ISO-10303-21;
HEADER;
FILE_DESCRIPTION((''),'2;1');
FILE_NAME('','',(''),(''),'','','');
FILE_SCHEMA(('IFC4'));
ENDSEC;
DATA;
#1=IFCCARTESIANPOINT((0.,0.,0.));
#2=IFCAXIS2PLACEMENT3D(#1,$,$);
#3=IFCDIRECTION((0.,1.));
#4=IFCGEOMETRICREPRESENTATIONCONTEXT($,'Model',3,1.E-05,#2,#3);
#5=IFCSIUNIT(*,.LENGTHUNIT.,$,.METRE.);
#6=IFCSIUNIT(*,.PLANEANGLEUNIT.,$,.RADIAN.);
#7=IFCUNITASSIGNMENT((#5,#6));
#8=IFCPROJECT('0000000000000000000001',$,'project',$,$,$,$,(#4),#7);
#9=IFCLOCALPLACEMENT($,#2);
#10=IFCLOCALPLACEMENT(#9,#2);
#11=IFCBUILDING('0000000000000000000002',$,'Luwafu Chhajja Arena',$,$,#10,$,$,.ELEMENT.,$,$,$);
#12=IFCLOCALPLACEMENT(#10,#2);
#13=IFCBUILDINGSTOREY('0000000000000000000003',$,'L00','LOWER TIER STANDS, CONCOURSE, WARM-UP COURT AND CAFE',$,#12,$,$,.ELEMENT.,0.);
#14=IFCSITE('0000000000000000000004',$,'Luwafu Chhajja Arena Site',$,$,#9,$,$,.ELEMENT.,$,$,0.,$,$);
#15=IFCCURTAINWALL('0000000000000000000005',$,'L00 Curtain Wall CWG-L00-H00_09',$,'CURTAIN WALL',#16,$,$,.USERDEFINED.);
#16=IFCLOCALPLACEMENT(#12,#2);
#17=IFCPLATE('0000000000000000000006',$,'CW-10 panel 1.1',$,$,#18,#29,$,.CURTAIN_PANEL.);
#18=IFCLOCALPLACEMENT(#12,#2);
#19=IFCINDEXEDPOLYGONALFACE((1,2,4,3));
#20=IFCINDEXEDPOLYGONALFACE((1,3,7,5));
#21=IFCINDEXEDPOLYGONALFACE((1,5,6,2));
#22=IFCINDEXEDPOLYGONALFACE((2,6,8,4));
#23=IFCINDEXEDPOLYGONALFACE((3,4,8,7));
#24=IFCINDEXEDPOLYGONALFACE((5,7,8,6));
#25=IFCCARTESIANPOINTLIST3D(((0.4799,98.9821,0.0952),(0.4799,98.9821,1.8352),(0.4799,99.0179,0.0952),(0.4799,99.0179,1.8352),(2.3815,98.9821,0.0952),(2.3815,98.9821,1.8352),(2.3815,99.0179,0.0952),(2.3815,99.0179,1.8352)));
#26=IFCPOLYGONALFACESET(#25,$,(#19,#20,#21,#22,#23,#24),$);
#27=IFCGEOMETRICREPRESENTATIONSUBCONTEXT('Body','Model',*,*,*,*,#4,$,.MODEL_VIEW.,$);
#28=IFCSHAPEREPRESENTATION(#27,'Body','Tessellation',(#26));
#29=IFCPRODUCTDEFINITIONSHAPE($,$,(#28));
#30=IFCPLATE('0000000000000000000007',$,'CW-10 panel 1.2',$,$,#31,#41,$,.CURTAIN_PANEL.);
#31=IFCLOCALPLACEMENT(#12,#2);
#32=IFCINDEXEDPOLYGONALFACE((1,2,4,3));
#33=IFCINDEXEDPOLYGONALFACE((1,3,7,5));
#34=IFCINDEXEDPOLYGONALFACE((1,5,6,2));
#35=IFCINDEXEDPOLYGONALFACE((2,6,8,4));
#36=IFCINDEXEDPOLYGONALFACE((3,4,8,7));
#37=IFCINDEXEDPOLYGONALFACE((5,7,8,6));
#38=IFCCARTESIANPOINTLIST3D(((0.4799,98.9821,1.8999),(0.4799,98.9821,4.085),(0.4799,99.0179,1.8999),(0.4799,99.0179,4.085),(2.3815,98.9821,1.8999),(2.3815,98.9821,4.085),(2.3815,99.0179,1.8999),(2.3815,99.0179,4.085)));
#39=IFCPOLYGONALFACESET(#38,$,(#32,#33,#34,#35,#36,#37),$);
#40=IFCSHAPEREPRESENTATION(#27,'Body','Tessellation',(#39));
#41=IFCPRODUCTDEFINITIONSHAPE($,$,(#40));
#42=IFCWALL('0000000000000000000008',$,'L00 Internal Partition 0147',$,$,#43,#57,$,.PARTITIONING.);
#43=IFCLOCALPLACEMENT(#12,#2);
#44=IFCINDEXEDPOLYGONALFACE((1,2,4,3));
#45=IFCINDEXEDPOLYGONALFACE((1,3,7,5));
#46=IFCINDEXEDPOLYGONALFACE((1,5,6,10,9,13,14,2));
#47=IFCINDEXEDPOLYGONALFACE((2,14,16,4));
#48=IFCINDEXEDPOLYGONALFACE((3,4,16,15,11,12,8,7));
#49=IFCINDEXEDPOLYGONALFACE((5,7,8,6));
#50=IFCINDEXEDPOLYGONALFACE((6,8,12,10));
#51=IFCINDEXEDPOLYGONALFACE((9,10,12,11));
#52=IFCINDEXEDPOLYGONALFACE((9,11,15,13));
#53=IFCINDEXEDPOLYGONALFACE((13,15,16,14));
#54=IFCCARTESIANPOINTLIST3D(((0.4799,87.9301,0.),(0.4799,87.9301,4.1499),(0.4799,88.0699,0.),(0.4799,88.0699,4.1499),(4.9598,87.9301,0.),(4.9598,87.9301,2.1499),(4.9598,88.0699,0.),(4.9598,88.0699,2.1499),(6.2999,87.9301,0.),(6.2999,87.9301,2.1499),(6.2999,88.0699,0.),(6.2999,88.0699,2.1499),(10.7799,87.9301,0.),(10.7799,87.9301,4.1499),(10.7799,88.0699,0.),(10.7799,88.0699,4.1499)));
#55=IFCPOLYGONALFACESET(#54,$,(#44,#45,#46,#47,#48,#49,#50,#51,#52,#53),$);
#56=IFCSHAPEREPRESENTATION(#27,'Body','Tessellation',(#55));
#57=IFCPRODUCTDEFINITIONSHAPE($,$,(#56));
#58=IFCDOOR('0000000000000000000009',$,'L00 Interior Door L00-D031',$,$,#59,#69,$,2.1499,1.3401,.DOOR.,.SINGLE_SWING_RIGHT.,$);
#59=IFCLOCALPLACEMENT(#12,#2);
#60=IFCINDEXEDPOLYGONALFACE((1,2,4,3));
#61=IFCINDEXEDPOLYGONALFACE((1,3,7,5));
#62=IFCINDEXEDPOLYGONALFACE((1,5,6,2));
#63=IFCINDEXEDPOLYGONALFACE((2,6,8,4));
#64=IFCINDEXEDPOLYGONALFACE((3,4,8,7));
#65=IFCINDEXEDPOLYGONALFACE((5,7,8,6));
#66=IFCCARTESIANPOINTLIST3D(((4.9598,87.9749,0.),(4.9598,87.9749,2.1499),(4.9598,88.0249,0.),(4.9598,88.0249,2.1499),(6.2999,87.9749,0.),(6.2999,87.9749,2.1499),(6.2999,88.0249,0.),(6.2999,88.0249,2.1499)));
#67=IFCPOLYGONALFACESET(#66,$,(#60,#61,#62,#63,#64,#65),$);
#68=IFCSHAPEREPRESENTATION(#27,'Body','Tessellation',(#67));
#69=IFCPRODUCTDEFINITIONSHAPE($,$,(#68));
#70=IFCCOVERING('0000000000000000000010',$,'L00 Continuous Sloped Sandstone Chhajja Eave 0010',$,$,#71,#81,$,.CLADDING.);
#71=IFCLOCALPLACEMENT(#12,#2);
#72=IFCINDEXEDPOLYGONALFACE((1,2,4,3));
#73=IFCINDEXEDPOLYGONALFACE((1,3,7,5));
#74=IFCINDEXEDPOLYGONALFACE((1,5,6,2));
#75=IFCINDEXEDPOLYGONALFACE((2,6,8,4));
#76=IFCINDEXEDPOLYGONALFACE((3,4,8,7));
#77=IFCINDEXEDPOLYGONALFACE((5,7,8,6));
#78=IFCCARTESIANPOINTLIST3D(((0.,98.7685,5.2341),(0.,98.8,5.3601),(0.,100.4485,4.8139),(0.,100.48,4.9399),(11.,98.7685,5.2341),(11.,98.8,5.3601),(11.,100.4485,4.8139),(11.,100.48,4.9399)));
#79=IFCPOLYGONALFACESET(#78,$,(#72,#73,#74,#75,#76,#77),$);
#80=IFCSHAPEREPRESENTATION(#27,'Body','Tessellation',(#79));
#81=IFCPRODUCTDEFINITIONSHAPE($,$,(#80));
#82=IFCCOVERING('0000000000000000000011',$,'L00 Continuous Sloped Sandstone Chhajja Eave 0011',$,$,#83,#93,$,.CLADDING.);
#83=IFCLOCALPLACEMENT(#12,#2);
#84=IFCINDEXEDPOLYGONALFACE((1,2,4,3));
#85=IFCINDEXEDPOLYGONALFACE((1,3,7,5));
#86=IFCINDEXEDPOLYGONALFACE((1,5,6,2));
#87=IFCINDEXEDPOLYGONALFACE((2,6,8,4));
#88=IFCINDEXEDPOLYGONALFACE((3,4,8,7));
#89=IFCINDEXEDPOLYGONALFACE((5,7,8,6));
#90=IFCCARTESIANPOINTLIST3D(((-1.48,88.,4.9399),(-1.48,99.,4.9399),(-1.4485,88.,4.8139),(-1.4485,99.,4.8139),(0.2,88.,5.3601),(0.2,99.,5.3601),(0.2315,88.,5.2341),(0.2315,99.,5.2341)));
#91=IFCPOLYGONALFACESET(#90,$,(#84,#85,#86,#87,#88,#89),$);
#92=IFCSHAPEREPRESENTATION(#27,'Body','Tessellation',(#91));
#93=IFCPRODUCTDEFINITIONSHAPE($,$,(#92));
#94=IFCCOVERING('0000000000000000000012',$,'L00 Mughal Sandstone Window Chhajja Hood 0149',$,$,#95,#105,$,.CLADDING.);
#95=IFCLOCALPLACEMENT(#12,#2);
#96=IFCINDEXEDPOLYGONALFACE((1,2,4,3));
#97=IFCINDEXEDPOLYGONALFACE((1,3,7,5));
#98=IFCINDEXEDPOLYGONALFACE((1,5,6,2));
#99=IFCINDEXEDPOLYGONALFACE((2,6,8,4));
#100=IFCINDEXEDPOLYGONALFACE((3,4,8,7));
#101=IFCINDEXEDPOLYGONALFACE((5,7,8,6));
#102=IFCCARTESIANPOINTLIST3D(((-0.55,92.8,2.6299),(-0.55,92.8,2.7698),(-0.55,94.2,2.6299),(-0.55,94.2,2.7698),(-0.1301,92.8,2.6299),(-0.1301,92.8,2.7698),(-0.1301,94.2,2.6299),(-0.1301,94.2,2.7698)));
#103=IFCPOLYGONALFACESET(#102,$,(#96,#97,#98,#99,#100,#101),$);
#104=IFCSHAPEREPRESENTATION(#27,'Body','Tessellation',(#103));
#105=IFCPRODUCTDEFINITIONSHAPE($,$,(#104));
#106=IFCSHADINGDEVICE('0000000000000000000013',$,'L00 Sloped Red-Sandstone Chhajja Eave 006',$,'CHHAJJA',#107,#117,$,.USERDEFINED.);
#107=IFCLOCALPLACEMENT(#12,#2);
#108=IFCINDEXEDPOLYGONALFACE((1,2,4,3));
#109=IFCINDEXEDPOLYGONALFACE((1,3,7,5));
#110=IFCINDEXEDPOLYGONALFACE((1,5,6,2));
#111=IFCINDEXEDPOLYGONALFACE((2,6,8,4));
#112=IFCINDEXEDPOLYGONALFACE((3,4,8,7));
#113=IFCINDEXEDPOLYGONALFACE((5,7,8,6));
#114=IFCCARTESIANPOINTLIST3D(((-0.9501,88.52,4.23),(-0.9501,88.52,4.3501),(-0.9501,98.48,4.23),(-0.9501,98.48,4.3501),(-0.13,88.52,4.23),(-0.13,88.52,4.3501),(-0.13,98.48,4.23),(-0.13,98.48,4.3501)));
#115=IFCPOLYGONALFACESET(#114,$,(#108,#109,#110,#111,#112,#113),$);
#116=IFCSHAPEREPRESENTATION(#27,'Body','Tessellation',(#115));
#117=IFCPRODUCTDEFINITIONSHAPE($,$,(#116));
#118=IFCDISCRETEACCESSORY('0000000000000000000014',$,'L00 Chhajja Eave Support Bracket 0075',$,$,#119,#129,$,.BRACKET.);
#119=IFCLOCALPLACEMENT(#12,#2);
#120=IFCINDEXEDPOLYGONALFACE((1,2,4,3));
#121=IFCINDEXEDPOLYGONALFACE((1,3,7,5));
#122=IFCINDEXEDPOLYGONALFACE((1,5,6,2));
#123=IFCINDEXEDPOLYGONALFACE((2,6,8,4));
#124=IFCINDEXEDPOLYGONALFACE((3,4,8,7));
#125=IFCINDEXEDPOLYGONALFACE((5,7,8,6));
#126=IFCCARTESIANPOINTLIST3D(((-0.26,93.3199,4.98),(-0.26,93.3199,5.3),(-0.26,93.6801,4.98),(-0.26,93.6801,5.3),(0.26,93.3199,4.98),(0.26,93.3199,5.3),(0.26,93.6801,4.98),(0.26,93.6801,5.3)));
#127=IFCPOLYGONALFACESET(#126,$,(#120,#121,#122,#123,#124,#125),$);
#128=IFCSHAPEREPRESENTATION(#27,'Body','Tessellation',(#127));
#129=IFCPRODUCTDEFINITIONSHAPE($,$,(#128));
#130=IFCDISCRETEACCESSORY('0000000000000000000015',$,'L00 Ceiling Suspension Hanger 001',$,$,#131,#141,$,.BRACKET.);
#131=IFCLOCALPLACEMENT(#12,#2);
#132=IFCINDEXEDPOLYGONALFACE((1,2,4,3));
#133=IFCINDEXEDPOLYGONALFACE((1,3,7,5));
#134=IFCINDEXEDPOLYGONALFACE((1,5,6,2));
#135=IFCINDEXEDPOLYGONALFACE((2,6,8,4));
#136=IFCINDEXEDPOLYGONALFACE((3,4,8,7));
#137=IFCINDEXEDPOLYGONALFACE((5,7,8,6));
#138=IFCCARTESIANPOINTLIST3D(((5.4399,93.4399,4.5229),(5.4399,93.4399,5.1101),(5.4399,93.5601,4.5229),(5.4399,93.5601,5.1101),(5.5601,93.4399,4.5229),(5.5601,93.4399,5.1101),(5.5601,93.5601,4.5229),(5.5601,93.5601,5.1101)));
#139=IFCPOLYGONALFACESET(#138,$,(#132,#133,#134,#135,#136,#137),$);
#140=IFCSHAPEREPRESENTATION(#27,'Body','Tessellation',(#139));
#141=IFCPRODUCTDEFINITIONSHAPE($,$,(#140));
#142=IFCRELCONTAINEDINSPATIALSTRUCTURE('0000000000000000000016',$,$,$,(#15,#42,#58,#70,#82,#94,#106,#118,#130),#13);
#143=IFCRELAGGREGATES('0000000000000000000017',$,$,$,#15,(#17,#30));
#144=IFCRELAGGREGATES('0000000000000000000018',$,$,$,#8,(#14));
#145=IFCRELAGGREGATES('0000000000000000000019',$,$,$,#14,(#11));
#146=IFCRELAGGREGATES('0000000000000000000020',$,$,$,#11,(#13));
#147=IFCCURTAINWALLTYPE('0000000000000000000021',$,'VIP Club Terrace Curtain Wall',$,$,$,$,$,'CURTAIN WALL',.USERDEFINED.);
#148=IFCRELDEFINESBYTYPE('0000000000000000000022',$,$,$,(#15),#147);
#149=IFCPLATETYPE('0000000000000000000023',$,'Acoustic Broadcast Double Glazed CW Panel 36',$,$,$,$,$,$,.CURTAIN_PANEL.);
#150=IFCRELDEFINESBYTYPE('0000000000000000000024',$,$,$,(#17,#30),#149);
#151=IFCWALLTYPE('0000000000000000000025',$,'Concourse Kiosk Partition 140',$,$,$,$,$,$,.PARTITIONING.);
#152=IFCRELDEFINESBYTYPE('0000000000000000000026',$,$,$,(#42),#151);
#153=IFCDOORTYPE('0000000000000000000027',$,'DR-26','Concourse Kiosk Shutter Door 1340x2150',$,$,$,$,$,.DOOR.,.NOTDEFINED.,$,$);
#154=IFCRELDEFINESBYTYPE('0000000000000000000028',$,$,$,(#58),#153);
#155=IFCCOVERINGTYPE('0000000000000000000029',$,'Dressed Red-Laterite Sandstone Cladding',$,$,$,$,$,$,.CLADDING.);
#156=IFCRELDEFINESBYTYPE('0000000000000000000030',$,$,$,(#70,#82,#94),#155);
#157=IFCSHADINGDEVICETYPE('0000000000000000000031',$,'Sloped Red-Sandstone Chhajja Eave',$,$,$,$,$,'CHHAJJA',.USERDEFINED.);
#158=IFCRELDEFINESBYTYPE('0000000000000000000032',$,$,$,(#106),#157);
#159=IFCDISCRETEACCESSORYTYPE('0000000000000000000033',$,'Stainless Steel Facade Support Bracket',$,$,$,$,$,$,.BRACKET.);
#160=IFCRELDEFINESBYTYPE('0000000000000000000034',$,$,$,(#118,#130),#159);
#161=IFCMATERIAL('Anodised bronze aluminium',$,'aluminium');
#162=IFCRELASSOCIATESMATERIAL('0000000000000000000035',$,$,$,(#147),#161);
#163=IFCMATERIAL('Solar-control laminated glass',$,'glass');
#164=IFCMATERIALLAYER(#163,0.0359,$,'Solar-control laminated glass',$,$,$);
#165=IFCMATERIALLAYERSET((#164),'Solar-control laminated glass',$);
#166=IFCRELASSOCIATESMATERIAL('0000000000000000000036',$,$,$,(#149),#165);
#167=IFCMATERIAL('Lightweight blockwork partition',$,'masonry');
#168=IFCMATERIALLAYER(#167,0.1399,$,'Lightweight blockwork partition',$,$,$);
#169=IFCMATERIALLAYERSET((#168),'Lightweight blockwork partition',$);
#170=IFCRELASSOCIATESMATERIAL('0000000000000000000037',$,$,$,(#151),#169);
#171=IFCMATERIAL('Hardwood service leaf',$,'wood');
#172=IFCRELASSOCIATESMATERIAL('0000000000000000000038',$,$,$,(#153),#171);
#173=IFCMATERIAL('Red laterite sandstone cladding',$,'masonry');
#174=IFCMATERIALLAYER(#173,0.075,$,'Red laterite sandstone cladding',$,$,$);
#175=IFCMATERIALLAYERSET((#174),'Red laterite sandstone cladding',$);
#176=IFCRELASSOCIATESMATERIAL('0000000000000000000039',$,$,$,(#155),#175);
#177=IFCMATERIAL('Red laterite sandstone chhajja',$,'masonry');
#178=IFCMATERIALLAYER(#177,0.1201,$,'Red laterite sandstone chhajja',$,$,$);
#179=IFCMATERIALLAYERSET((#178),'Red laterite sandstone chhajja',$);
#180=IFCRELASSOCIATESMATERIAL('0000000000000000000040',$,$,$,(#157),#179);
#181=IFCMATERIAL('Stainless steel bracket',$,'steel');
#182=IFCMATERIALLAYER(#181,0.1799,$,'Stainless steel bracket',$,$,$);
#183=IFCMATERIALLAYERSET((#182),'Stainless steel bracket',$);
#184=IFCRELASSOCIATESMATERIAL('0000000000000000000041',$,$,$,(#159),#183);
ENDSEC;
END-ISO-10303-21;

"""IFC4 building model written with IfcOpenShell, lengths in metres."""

from ifc_helpers import new_model, si_unit, direction, frame, frame_2d, origin, origin_2d, place, context, subcontext, project, spatial, polyline, rectangle, outline, extrude, material, layer, layer_set, type_object, element, fill, aggregate, save


model = new_model("IFC4")

# Units and contexts
model_context = context("Model", 3, precision=1e-05, world=origin(), true_north=direction((0.0, 1.0)))
body_context = subcontext(model_context, "Body", "Model", "MODEL_VIEW")
ifc_project = project(units=[si_unit("LENGTHUNIT", "METRE"), si_unit("PLANEANGLEUNIT", "RADIAN")], contexts=[model_context])

# Site, building, storey
site_placement = place(None, origin())
site = spatial("IfcSite", under=ifc_project, at=site_placement, Name="Luwafu Chhajja Arena Site", CompositionType="ELEMENT", RefElevation=0.0)
building_placement = place(site_placement, origin())
building = spatial("IfcBuilding", under=site, at=building_placement, Name="Luwafu Chhajja Arena", CompositionType="ELEMENT")
storey_placement = place(building_placement, origin())
storey = spatial("IfcBuildingStorey", under=building, at=storey_placement, Name="L00", Description="LOWER TIER STANDS, CONCOURSE, WARM-UP COURT AND CAFE", CompositionType="ELEMENT", Elevation=0.0)

# Curtain wall
ifc_material_1 = material(Name="Anodised bronze aluminium", Category="aluminium")
curtain_wall_type = type_object("IfcCurtainWallType", Name="VIP Club Terrace Curtain Wall", ElementType="CURTAIN WALL", PredefinedType="USERDEFINED", material=ifc_material_1)
curtain_wall_placement = place(storey_placement, origin())
curtain_wall = element("IfcCurtainWall", 1, at=curtain_wall_placement, inside=storey, type_object=curtain_wall_type, Name="L00 Curtain Wall CWG-L00-H00_09", ObjectType="CURTAIN WALL", PredefinedType="USERDEFINED")

# Plates
ifc_material_2 = material(Name="Solar-control laminated glass", Category="glass")
ifc_layer_1 = layer(ifc_material_2, 0.0359, Name="Solar-control laminated glass")
ifc_layer_set_1 = layer_set([ifc_layer_1], Name="Solar-control laminated glass")
plate_type = type_object("IfcPlateType", Name="Acoustic Broadcast Double Glazed CW Panel 36", PredefinedType="CURTAIN_PANEL", material=ifc_layer_set_1)
plate_1_placement = place(storey_placement, frame((1.4307, 99.0, 0.0952), z_axis=(0.0, 0.0, 1.0), x_axis=(1.0, 0.0, 0.0)))
plate_1 = element("IfcPlate", 2, at=plate_1_placement, type_object=plate_type, Name="CW-10 panel 1.1", PredefinedType="CURTAIN_PANEL", context=body_context, shape_type="SweptSolid", body=[
    extrude(rectangle(XDim=1.9016, YDim=0.0359, at=origin_2d()), origin(), (0.0, 0.0, 1.0), 1.74),
])
plate_2_placement = place(storey_placement, frame((1.4307, 99.0, 1.8999), z_axis=(0.0, 0.0, 1.0), x_axis=(1.0, 0.0, 0.0)))
plate_2 = element("IfcPlate", 3, at=plate_2_placement, type_object=plate_type, Name="CW-10 panel 1.2", PredefinedType="CURTAIN_PANEL", context=body_context, shape_type="SweptSolid", body=[
    extrude(rectangle(XDim=1.9016, YDim=0.0359, at=origin_2d()), origin(), (0.0, 0.0, 1.0), 2.1851),
])
aggregate(curtain_wall, [plate_1, plate_2])

# Wall, opening, door
ifc_material_3 = material(Name="Lightweight blockwork partition", Category="masonry")
ifc_layer_2 = layer(ifc_material_3, 0.1399, Name="Lightweight blockwork partition")
ifc_layer_set_2 = layer_set([ifc_layer_2], Name="Lightweight blockwork partition")
wall_type_1 = type_object("IfcWallType", Name="Concourse Kiosk Partition 140", PredefinedType="PARTITIONING", material=ifc_layer_set_2)
wall_1_placement = place(storey_placement, frame((0.48, 88.0, 0.0), z_axis=(0.0, 0.0, 1.0), x_axis=(1.0, 0.0, 0.0)))
wall_1 = element("IfcWall", 4, at=wall_1_placement, inside=storey, type_object=wall_type_1, Name="L00 Internal Partition 0147", PredefinedType="PARTITIONING", context=body_context, shape_type="SweptSolid", body=[
    extrude(rectangle(XDim=10.3, YDim=0.1399, at=frame_2d((5.1499, 0.0))), origin(), (0.0, 0.0, 1.0), 4.1499),
])
opening_1_placement = place(wall_1_placement, frame((4.48, 0.0, 0.0)))
opening_1 = element("IfcOpeningElement", 5, at=opening_1_placement, cuts=wall_1, PredefinedType="OPENING", context=body_context, shape_type="SweptSolid", body=[
    extrude(rectangle(XDim=1.3401, YDim=2.1499, at=frame_2d((0.6699, 1.075))), frame((0.0, 0.0798, 0.0), z_axis=(0.0, -1.0, 0.0), x_axis=(1.0, 0.0, 0.0)), (0.0, 0.0, 1.0), 0.1599),
])
ifc_material_4 = material(Name="Hardwood service leaf", Category="wood")
door_type_1 = type_object("IfcDoorType", Name="DR-26", Description="Concourse Kiosk Shutter Door 1340x2150", OperationType="NOTDEFINED", PredefinedType="DOOR", material=ifc_material_4)
door_1_placement = place(opening_1_placement, origin())
door_1 = element("IfcDoor", 6, at=door_1_placement, inside=storey, type_object=door_type_1, Name="L00 Interior Door L00-D031", OperationType="SINGLE_SWING_RIGHT", OverallHeight=2.1499, OverallWidth=1.3401, PredefinedType="DOOR", context=body_context, shape_type="SweptSolid", body=[
    extrude(rectangle(XDim=1.3401, YDim=2.1499, at=frame_2d((0.6699, 1.075))), frame((0.0, 0.0249, 0.0), z_axis=(0.0, -1.0, 0.0), x_axis=(1.0, 0.0, 0.0)), (0.0, 0.0, 1.0), 0.05),
])
fill(opening_1, door_1)

# Coverings
ifc_material_5 = material(Name="Red laterite sandstone cladding", Category="masonry")
ifc_layer_3 = layer(ifc_material_5, 0.075, Name="Red laterite sandstone cladding")
ifc_layer_set_3 = layer_set([ifc_layer_3], Name="Red laterite sandstone cladding")
covering_type = type_object("IfcCoveringType", Name="Dressed Red-Laterite Sandstone Cladding", PredefinedType="CLADDING", material=ifc_layer_set_3)
for number, where, z_axis, x_axis, name in (
    (7, (0.0, 98.8, 5.3601), (0.0, 0.242635, 0.970118), (1.0, 0.0, 0.0), "L00 Continuous Sloped Sandstone Chhajja Eave 0010"),
    (8, (0.2, 88.0, 5.3601), (-0.242635, 0.0, 0.970118), (0.0, 1.0, 0.0), "L00 Continuous Sloped Sandstone Chhajja Eave 0011"),
):
    element("IfcCovering", number, at=place(storey_placement, frame(where, z_axis=z_axis, x_axis=x_axis)), inside=storey, type_object=covering_type, Name=name, PredefinedType="CLADDING", context=body_context, shape_type="SweptSolid", body=[
        extrude(outline(polyline([(0.0, 0.0), (11.0, 0.0), (11.0, 1.7317), (0.0, 1.7317), (0.0, 0.0)])), origin(), (0.0, 0.0, -1.0), 0.1299),
    ])
covering_placement = place(storey_placement, frame((-0.3401, 93.5, 2.6299), z_axis=(0.0, 0.0, 1.0), x_axis=(0.0, 1.0, 0.0)))
element("IfcCovering", 9, at=covering_placement, inside=storey, type_object=covering_type, Name="L00 Mughal Sandstone Window Chhajja Hood 0149", PredefinedType="CLADDING", context=body_context, shape_type="SweptSolid", body=[
    extrude(rectangle(XDim=1.3999, YDim=0.4199, at=origin_2d()), origin(), (0.0, 0.0, 1.0), 0.1399),
])

# Shading device
ifc_material_6 = material(Name="Red laterite sandstone chhajja", Category="masonry")
ifc_layer_4 = layer(ifc_material_6, 0.1201, Name="Red laterite sandstone chhajja")
ifc_layer_set_4 = layer_set([ifc_layer_4], Name="Red laterite sandstone chhajja")
shading_device_type = type_object("IfcShadingDeviceType", Name="Sloped Red-Sandstone Chhajja Eave", ElementType="CHHAJJA", PredefinedType="USERDEFINED", material=ifc_layer_set_4)
shading_device_placement = place(storey_placement, frame((-0.54, 93.5, 4.23), z_axis=(0.0, 0.0, 1.0), x_axis=(0.0, 1.0, 0.0)))
element("IfcShadingDevice", 10, at=shading_device_placement, inside=storey, type_object=shading_device_type, Name="L00 Sloped Red-Sandstone Chhajja Eave 006", ObjectType="CHHAJJA", PredefinedType="USERDEFINED", context=body_context, shape_type="SweptSolid", body=[
    extrude(rectangle(XDim=9.96, YDim=0.8201, at=origin_2d()), origin(), (0.0, 0.0, 1.0), 0.1201),
])

# Discrete accessories
ifc_material_7 = material(Name="Stainless steel bracket", Category="steel")
ifc_layer_5 = layer(ifc_material_7, 0.1799, Name="Stainless steel bracket")
ifc_layer_set_5 = layer_set([ifc_layer_5], Name="Stainless steel bracket")
discrete_accessory_type = type_object("IfcDiscreteAccessoryType", Name="Stainless Steel Facade Support Bracket", PredefinedType="BRACKET", material=ifc_layer_set_5)
discrete_accessory_1_placement = place(storey_placement, frame((0.0, 93.5, 4.98), z_axis=(0.0, 0.0, 1.0), x_axis=(0.0, 1.0, 0.0)))
element("IfcDiscreteAccessory", 11, at=discrete_accessory_1_placement, inside=storey, type_object=discrete_accessory_type, Name="L00 Chhajja Eave Support Bracket 0075", PredefinedType="BRACKET", context=body_context, shape_type="SweptSolid", body=[
    extrude(rectangle(XDim=0.3601, YDim=0.52, at=origin_2d()), origin(), (0.0, 0.0, 1.0), 0.3201),
])
discrete_accessory_2_placement = place(storey_placement, frame((5.5, 93.5, 4.5229), z_axis=(0.0, 0.0, 1.0), x_axis=(1.0, 0.0, 0.0)))
element("IfcDiscreteAccessory", 12, at=discrete_accessory_2_placement, inside=storey, type_object=discrete_accessory_type, Name="L00 Ceiling Suspension Hanger 001", PredefinedType="BRACKET", context=body_context, shape_type="SweptSolid", body=[
    extrude(rectangle(XDim=0.1201, YDim=0.1201, at=origin_2d()), origin(), (0.0, 0.0, 1.0), 0.5872),
])

save(model, "model.ifc")
